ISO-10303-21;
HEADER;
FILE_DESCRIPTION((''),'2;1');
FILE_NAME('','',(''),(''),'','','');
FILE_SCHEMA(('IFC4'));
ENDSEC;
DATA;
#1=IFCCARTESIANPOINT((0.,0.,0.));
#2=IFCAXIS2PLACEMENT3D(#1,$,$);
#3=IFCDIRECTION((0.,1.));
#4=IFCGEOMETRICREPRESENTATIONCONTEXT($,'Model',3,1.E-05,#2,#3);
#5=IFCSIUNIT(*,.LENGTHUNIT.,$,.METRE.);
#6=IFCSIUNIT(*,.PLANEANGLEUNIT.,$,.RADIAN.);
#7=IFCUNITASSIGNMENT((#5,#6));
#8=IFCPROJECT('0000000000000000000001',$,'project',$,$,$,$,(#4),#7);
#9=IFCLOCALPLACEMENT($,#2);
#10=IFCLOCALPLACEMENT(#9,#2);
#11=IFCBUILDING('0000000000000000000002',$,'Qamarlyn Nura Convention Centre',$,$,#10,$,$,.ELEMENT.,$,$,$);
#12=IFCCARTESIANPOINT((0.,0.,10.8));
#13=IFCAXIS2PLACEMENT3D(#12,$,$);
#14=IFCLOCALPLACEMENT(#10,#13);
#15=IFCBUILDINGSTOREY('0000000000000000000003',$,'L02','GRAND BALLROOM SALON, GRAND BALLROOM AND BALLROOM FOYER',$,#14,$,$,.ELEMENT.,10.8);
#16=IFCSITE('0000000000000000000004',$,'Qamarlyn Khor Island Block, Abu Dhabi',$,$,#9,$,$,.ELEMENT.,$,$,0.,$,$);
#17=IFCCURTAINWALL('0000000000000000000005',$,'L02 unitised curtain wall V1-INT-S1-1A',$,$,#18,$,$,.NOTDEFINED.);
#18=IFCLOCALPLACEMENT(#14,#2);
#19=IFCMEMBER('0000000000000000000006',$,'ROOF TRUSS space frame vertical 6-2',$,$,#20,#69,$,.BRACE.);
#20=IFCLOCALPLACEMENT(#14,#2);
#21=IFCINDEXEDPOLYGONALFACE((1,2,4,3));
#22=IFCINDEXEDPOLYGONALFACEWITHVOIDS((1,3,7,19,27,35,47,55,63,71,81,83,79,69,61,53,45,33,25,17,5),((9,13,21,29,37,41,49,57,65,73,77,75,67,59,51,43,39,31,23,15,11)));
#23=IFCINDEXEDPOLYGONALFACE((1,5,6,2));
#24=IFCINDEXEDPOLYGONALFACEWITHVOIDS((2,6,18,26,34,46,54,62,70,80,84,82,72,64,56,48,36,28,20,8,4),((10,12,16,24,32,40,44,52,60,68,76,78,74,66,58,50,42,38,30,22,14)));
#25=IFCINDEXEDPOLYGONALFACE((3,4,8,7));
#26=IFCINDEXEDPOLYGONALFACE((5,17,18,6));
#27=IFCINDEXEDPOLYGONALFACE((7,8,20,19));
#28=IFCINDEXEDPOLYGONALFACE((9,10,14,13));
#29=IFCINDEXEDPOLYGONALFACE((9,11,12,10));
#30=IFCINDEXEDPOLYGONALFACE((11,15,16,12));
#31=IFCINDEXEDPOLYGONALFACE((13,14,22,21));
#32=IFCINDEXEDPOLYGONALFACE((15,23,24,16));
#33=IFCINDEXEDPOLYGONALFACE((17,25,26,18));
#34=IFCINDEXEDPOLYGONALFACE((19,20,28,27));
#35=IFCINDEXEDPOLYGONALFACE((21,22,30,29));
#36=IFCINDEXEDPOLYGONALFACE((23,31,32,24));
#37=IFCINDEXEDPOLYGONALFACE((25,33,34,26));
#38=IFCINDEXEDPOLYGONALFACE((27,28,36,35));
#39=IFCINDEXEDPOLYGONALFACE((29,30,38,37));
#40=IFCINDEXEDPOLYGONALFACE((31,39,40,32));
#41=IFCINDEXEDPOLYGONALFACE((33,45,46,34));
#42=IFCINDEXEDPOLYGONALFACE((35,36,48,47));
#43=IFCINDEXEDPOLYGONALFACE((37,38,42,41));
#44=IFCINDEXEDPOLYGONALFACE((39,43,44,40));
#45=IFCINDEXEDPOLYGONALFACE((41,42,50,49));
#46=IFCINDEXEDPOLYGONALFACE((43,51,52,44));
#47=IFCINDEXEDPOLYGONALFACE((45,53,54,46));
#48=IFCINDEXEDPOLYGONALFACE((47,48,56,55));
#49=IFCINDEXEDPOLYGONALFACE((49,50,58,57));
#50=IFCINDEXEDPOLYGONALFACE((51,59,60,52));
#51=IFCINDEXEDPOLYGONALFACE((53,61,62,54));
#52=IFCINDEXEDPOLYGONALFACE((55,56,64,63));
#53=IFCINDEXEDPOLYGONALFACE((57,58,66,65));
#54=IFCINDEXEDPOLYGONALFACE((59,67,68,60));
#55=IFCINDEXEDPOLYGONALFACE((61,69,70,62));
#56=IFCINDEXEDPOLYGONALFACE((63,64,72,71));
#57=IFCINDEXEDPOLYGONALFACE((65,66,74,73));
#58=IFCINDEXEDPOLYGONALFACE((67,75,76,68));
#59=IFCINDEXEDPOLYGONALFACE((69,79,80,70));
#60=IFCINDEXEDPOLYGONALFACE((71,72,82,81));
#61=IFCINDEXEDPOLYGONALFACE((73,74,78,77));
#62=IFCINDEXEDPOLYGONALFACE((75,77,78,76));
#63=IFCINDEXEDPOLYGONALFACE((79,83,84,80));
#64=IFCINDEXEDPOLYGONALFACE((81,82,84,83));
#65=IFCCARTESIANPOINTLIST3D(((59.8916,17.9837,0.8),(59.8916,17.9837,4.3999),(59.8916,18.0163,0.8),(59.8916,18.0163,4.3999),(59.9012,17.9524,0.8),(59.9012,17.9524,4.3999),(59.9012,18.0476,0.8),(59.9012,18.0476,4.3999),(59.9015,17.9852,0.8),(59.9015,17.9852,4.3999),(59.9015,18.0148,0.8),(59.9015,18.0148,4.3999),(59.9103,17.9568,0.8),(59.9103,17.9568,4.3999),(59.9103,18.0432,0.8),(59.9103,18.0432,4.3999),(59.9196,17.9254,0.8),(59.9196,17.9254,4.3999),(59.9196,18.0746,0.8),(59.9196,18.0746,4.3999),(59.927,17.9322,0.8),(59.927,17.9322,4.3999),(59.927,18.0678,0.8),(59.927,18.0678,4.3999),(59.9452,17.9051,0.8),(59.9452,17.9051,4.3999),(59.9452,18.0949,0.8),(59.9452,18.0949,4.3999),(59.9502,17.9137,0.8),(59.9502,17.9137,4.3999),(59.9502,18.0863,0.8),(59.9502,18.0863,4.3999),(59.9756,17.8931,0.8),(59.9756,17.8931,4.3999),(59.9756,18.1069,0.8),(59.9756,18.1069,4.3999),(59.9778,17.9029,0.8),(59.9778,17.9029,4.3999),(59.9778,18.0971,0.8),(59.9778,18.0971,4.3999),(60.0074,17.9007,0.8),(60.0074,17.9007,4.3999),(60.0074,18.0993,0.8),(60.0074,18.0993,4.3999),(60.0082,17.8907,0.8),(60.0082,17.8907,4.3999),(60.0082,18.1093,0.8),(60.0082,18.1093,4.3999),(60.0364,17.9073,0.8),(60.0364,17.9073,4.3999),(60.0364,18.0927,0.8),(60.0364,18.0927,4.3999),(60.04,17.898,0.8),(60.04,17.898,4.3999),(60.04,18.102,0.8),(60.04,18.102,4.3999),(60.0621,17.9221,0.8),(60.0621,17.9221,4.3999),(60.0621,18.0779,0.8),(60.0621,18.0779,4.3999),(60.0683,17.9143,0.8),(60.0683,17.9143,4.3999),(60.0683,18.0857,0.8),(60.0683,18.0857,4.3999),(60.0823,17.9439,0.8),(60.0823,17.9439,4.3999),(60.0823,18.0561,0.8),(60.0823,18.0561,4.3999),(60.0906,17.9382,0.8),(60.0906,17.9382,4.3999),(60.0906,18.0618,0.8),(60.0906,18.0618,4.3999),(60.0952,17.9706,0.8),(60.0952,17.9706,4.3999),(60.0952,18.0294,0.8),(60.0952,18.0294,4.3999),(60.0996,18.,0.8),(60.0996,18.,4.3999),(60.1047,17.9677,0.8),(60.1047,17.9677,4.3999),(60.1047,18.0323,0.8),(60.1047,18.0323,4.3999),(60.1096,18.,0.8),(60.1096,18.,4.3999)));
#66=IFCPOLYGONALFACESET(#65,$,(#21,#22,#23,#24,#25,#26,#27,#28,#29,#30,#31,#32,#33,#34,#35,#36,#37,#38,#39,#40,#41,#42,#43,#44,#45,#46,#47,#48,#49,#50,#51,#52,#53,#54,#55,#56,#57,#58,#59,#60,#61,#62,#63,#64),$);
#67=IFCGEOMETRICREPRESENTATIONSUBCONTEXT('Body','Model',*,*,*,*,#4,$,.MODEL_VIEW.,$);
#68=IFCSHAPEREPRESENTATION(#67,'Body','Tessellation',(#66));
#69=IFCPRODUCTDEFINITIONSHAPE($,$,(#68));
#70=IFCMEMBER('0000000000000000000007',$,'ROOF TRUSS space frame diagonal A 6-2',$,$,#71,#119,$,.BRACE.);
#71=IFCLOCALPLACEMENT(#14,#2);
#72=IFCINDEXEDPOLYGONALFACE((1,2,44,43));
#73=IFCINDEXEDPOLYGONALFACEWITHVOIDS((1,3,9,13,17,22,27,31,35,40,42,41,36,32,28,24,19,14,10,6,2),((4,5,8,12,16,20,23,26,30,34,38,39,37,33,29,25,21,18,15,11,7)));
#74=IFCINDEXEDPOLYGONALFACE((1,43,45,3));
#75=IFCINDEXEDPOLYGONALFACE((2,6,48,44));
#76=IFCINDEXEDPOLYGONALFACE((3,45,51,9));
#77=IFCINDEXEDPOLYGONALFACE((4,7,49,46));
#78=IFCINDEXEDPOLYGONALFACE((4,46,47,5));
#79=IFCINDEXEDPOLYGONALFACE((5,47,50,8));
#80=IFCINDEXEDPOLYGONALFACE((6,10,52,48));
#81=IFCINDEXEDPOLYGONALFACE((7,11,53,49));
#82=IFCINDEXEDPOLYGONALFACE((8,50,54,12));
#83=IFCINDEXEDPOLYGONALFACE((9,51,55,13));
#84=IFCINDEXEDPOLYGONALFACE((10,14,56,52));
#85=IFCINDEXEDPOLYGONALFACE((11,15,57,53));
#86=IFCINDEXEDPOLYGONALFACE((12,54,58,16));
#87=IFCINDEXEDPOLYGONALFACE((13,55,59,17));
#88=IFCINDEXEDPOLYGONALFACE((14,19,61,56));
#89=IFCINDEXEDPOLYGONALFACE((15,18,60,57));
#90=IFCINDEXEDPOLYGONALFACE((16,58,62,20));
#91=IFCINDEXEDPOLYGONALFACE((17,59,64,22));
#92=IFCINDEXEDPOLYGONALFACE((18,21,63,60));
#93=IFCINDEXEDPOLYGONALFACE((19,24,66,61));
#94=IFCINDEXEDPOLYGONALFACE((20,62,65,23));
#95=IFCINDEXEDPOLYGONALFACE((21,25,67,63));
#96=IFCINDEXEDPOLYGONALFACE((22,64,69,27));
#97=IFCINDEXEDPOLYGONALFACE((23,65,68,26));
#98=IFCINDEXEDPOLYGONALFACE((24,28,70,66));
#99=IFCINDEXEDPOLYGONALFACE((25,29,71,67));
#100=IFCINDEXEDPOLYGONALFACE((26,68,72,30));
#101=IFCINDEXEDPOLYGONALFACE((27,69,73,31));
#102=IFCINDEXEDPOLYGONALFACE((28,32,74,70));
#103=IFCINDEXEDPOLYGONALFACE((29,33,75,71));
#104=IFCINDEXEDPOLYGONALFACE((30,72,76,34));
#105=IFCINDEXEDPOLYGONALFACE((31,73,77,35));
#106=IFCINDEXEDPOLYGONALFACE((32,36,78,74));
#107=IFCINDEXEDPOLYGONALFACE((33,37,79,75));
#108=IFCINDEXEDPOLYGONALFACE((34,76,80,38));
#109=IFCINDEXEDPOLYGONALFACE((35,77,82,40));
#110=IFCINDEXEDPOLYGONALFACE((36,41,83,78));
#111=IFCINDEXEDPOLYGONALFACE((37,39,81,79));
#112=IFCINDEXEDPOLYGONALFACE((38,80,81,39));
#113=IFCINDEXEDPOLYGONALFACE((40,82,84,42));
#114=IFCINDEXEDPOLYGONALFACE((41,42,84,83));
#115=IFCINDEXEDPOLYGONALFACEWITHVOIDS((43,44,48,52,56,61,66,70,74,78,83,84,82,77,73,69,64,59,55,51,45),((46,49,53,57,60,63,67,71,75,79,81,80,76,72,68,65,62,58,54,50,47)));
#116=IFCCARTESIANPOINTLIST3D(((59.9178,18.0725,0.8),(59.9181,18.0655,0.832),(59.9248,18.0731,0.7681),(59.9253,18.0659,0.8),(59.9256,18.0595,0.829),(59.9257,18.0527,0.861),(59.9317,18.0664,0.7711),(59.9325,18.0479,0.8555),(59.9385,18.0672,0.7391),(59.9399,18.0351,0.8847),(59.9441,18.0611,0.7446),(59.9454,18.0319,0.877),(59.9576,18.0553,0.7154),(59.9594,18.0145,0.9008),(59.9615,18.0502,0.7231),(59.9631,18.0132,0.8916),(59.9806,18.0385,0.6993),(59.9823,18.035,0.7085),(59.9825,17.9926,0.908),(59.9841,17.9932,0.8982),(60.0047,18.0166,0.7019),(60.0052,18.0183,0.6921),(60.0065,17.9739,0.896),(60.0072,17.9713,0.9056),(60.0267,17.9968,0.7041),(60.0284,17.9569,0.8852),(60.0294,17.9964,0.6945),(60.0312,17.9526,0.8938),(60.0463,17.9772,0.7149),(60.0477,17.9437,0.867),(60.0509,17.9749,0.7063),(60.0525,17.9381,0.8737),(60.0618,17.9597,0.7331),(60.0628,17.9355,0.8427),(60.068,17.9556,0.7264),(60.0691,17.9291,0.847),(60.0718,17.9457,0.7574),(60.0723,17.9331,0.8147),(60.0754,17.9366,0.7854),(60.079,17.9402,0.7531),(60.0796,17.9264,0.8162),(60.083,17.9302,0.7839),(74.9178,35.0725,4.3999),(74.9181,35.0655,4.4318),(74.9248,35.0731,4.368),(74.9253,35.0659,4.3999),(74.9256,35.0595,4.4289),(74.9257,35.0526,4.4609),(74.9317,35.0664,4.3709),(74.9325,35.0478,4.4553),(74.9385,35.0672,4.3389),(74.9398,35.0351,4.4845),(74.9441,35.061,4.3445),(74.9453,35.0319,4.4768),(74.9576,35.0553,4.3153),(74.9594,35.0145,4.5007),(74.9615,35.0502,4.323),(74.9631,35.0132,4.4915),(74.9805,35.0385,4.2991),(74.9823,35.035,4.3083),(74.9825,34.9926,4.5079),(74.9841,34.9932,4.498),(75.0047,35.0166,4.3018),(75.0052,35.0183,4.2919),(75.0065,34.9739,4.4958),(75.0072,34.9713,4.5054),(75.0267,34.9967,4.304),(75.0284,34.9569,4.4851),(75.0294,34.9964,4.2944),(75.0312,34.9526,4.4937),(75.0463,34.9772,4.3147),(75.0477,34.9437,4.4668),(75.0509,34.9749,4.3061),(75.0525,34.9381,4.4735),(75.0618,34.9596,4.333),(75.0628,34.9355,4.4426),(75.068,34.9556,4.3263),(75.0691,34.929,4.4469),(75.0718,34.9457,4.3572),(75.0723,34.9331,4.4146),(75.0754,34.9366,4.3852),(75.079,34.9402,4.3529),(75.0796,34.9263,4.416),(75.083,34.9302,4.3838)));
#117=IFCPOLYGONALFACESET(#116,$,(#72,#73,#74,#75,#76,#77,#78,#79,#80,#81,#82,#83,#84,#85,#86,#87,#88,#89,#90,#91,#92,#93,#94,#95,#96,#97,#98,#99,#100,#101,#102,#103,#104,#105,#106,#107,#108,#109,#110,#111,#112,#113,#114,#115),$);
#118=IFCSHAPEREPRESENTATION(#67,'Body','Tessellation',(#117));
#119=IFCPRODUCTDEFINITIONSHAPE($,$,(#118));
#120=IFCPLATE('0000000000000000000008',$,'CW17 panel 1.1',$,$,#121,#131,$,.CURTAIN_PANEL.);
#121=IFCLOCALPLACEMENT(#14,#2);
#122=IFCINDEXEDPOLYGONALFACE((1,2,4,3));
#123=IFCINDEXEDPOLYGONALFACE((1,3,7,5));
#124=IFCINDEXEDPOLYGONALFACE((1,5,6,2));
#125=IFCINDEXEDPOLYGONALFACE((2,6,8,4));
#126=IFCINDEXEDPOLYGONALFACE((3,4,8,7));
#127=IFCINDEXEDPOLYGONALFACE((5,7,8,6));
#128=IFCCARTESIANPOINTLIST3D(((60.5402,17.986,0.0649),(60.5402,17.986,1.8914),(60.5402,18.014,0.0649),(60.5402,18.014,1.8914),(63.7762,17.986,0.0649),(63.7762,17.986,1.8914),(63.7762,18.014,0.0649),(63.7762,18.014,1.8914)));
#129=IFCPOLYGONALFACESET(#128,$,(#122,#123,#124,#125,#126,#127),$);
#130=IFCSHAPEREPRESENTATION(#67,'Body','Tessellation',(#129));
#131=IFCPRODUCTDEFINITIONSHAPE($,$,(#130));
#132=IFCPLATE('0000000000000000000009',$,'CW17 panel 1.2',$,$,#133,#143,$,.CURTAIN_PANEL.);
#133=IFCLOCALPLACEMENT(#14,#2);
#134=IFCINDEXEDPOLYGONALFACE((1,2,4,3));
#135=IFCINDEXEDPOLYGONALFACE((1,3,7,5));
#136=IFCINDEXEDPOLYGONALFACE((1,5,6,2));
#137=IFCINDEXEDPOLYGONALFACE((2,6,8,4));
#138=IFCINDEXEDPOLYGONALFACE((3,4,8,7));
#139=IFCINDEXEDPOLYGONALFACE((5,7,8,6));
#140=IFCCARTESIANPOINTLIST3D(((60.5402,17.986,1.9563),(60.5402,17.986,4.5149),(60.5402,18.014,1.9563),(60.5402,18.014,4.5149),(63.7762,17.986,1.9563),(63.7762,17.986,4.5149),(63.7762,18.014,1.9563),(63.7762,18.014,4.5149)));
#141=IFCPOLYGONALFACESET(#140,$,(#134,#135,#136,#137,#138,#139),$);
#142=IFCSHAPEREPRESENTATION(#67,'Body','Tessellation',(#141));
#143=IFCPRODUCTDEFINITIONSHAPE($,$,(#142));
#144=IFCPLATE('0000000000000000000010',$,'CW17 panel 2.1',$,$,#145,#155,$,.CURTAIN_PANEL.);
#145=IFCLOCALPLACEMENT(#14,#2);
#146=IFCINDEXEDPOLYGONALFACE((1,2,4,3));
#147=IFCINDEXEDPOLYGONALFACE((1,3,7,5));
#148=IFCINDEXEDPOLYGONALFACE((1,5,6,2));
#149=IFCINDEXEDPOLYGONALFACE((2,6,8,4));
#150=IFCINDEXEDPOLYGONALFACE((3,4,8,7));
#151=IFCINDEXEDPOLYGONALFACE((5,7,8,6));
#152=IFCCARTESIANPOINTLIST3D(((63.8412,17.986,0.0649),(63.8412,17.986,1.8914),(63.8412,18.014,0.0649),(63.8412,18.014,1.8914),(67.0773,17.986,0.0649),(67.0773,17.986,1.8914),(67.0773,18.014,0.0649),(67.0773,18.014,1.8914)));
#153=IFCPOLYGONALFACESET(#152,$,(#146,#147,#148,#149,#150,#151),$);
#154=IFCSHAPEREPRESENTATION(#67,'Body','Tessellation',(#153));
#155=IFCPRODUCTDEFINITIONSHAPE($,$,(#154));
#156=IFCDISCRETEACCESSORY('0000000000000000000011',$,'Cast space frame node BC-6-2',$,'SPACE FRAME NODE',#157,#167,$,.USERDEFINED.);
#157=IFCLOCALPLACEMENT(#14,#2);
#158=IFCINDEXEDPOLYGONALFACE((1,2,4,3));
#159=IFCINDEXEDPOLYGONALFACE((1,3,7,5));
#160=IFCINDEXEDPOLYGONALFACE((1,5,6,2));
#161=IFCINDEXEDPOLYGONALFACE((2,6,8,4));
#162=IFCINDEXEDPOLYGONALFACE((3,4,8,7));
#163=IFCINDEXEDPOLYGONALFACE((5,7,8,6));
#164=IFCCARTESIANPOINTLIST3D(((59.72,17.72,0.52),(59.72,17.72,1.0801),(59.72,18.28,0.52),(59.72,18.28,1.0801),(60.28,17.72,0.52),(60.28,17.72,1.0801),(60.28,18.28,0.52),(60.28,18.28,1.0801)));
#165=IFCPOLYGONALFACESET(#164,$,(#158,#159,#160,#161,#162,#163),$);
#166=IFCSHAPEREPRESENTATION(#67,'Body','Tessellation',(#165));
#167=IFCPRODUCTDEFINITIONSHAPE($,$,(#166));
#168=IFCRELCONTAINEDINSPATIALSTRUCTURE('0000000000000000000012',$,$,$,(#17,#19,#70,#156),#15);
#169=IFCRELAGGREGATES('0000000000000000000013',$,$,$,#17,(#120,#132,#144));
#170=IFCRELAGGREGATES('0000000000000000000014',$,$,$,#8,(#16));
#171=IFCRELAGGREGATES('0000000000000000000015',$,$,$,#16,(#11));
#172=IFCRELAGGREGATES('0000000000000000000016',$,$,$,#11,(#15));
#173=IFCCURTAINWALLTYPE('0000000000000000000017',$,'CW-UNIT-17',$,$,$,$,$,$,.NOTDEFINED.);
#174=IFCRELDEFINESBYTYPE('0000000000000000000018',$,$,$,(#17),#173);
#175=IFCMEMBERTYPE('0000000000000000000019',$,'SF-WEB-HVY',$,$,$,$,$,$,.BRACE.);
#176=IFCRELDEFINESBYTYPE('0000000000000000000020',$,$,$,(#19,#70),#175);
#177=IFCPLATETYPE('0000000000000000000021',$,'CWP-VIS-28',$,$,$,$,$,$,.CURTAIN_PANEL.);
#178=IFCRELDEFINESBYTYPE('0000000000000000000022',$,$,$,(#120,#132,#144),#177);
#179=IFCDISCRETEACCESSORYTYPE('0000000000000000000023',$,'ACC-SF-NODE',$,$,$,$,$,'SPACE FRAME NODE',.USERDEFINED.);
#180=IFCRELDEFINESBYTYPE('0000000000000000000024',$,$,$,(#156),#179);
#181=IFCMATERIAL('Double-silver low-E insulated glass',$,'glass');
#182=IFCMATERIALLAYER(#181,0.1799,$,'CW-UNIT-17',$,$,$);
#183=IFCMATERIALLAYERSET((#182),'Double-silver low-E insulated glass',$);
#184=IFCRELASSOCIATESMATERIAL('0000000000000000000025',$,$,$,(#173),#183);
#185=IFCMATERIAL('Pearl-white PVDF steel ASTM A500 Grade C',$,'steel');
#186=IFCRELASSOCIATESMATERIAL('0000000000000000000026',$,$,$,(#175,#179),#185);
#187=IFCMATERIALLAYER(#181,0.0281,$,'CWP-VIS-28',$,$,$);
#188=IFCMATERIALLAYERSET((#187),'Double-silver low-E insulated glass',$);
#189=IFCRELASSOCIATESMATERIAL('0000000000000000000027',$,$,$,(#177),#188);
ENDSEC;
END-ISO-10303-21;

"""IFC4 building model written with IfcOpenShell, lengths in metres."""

from ifc_helpers import new_model, si_unit, direction, frame, origin, origin_2d, place, context, subcontext, project, spatial, rectangle, hollow_circle, extrude, material, layer, layer_set, material_profile, profile_set, type_object, element, aggregate, save


model = new_model("IFC4")

# Units and contexts
model_context = context("Model", 3, precision=1e-05, world=origin(), true_north=direction((0.0, 1.0)))
body_context = subcontext(model_context, "Body", "Model", "MODEL_VIEW")
ifc_project = project(units=[si_unit("LENGTHUNIT", "METRE"), si_unit("PLANEANGLEUNIT", "RADIAN")], contexts=[model_context])

# Site, building, storey
site_placement = place(None, origin())
site = spatial("IfcSite", under=ifc_project, at=site_placement, Name="Qamarlyn Khor Island Block, Abu Dhabi", CompositionType="ELEMENT", RefElevation=0.0)
building_placement = place(site_placement, origin())
building = spatial("IfcBuilding", under=site, at=building_placement, Name="Qamarlyn Nura Convention Centre", CompositionType="ELEMENT")
storey_placement = place(building_placement, frame((0.0, 0.0, 10.8)))
storey = spatial("IfcBuildingStorey", under=building, at=storey_placement, Name="L02", Description="GRAND BALLROOM SALON, GRAND BALLROOM AND BALLROOM FOYER", CompositionType="ELEMENT", Elevation=10.8)

# Curtain wall
ifc_material_1 = material(Name="Double-silver low-E insulated glass", Category="glass")
ifc_layer_1 = layer(ifc_material_1, 0.1799, Name="CW-UNIT-17")
ifc_layer_set_1 = layer_set([ifc_layer_1], Name="Double-silver low-E insulated glass")
curtain_wall_type = type_object("IfcCurtainWallType", Name="CW-UNIT-17", PredefinedType="NOTDEFINED", material=ifc_layer_set_1)
curtain_wall_placement = place(storey_placement, origin())
curtain_wall = element("IfcCurtainWall", 1, at=curtain_wall_placement, inside=storey, type_object=curtain_wall_type, Name="L02 unitised curtain wall V1-INT-S1-1A", PredefinedType="NOTDEFINED")

# Members
ifc_material_2 = material(Name="Pearl-white PVDF steel ASTM A500 Grade C", Category="steel")
ifc_material_profile_1 = material_profile(ifc_material_2, hollow_circle(Radius=0.1096, WallThickness=0.01, at=origin_2d()), Name="CHS219.1X10")
ifc_profile_set_1 = profile_set([ifc_material_profile_1], Name="Pearl-white PVDF steel ASTM A500 Grade C")
member_type_1 = type_object("IfcMemberType", Name="SF-WEB-HVY", PredefinedType="BRACE", material=ifc_profile_set_1)
member_1_placement = place(storey_placement, frame((60.0, 18.0, 0.8), z_axis=(0.0, 0.0, 1.0), x_axis=(1.0, 0.0, 0.0)))
element("IfcMember", 2, at=member_1_placement, inside=storey, type_object=member_type_1, Name="ROOF TRUSS space frame vertical 6-2", PredefinedType="BRACE", context=body_context, shape_type="SweptSolid", body=[
    extrude(hollow_circle(Radius=0.1096, WallThickness=0.01, at=origin_2d()), origin(), (0.0, 0.0, 1.0), 3.5999),
])
member_2_placement = place(storey_placement, frame((60.0, 18.0, 0.8), z_axis=(0.653436, 0.74056, 0.156818), x_axis=(-0.749838, 0.661622, 0.0)))
element("IfcMember", 3, at=member_2_placement, inside=storey, type_object=member_type_1, Name="ROOF TRUSS space frame diagonal A 6-2", PredefinedType="BRACE", context=body_context, shape_type="SweptSolid", body=[
    extrude(hollow_circle(Radius=0.1096, WallThickness=0.01, at=origin_2d()), origin(), (0.0, 0.0, 1.0), 22.9556),
])

# Plates
ifc_layer_2 = layer(ifc_material_1, 0.0281, Name="CWP-VIS-28")
ifc_layer_set_2 = layer_set([ifc_layer_2], Name="Double-silver low-E insulated glass")
plate_type = type_object("IfcPlateType", Name="CWP-VIS-28", PredefinedType="CURTAIN_PANEL", material=ifc_layer_set_2)
plate_1_placement = place(storey_placement, frame((62.1582, 18.0, 0.0649), z_axis=(0.0, 0.0, 1.0), x_axis=(1.0, 0.0, 0.0)))
plate_1 = element("IfcPlate", 4, at=plate_1_placement, type_object=plate_type, Name="CW17 panel 1.1", PredefinedType="CURTAIN_PANEL", context=body_context, shape_type="SweptSolid", body=[
    extrude(rectangle(XDim=3.2361, YDim=0.0281, at=origin_2d()), origin(), (0.0, 0.0, 1.0), 1.8264),
])
plate_2_placement = place(storey_placement, frame((62.1582, 18.0, 1.9563), z_axis=(0.0, 0.0, 1.0), x_axis=(1.0, 0.0, 0.0)))
plate_2 = element("IfcPlate", 5, at=plate_2_placement, type_object=plate_type, Name="CW17 panel 1.2", PredefinedType="CURTAIN_PANEL", context=body_context, shape_type="SweptSolid", body=[
    extrude(rectangle(XDim=3.2361, YDim=0.0281, at=origin_2d()), origin(), (0.0, 0.0, 1.0), 2.5586),
])
plate_3_placement = place(storey_placement, frame((65.4592, 18.0, 0.0649), z_axis=(0.0, 0.0, 1.0), x_axis=(1.0, 0.0, 0.0)))
plate_3 = element("IfcPlate", 6, at=plate_3_placement, type_object=plate_type, Name="CW17 panel 2.1", PredefinedType="CURTAIN_PANEL", context=body_context, shape_type="SweptSolid", body=[
    extrude(rectangle(XDim=3.2361, YDim=0.0281, at=origin_2d()), origin(), (0.0, 0.0, 1.0), 1.8264),
])
aggregate(curtain_wall, [plate_1, plate_2, plate_3])

# Discrete accessory
discrete_accessory_type = type_object("IfcDiscreteAccessoryType", Name="ACC-SF-NODE", ElementType="SPACE FRAME NODE", PredefinedType="USERDEFINED", material=ifc_material_2)
discrete_accessory_placement = place(storey_placement, frame((60.0, 18.0, 0.52), z_axis=(0.0, 0.0, 1.0), x_axis=(1.0, 0.0, 0.0)))
element("IfcDiscreteAccessory", 7, at=discrete_accessory_placement, inside=storey, type_object=discrete_accessory_type, Name="Cast space frame node BC-6-2", ObjectType="SPACE FRAME NODE", PredefinedType="USERDEFINED", context=body_context, shape_type="SweptSolid", body=[
    extrude(rectangle(XDim=0.5601, YDim=0.5601, at=origin_2d()), origin(), (0.0, 0.0, 1.0), 0.5601),
])

save(model, "model.ifc")
